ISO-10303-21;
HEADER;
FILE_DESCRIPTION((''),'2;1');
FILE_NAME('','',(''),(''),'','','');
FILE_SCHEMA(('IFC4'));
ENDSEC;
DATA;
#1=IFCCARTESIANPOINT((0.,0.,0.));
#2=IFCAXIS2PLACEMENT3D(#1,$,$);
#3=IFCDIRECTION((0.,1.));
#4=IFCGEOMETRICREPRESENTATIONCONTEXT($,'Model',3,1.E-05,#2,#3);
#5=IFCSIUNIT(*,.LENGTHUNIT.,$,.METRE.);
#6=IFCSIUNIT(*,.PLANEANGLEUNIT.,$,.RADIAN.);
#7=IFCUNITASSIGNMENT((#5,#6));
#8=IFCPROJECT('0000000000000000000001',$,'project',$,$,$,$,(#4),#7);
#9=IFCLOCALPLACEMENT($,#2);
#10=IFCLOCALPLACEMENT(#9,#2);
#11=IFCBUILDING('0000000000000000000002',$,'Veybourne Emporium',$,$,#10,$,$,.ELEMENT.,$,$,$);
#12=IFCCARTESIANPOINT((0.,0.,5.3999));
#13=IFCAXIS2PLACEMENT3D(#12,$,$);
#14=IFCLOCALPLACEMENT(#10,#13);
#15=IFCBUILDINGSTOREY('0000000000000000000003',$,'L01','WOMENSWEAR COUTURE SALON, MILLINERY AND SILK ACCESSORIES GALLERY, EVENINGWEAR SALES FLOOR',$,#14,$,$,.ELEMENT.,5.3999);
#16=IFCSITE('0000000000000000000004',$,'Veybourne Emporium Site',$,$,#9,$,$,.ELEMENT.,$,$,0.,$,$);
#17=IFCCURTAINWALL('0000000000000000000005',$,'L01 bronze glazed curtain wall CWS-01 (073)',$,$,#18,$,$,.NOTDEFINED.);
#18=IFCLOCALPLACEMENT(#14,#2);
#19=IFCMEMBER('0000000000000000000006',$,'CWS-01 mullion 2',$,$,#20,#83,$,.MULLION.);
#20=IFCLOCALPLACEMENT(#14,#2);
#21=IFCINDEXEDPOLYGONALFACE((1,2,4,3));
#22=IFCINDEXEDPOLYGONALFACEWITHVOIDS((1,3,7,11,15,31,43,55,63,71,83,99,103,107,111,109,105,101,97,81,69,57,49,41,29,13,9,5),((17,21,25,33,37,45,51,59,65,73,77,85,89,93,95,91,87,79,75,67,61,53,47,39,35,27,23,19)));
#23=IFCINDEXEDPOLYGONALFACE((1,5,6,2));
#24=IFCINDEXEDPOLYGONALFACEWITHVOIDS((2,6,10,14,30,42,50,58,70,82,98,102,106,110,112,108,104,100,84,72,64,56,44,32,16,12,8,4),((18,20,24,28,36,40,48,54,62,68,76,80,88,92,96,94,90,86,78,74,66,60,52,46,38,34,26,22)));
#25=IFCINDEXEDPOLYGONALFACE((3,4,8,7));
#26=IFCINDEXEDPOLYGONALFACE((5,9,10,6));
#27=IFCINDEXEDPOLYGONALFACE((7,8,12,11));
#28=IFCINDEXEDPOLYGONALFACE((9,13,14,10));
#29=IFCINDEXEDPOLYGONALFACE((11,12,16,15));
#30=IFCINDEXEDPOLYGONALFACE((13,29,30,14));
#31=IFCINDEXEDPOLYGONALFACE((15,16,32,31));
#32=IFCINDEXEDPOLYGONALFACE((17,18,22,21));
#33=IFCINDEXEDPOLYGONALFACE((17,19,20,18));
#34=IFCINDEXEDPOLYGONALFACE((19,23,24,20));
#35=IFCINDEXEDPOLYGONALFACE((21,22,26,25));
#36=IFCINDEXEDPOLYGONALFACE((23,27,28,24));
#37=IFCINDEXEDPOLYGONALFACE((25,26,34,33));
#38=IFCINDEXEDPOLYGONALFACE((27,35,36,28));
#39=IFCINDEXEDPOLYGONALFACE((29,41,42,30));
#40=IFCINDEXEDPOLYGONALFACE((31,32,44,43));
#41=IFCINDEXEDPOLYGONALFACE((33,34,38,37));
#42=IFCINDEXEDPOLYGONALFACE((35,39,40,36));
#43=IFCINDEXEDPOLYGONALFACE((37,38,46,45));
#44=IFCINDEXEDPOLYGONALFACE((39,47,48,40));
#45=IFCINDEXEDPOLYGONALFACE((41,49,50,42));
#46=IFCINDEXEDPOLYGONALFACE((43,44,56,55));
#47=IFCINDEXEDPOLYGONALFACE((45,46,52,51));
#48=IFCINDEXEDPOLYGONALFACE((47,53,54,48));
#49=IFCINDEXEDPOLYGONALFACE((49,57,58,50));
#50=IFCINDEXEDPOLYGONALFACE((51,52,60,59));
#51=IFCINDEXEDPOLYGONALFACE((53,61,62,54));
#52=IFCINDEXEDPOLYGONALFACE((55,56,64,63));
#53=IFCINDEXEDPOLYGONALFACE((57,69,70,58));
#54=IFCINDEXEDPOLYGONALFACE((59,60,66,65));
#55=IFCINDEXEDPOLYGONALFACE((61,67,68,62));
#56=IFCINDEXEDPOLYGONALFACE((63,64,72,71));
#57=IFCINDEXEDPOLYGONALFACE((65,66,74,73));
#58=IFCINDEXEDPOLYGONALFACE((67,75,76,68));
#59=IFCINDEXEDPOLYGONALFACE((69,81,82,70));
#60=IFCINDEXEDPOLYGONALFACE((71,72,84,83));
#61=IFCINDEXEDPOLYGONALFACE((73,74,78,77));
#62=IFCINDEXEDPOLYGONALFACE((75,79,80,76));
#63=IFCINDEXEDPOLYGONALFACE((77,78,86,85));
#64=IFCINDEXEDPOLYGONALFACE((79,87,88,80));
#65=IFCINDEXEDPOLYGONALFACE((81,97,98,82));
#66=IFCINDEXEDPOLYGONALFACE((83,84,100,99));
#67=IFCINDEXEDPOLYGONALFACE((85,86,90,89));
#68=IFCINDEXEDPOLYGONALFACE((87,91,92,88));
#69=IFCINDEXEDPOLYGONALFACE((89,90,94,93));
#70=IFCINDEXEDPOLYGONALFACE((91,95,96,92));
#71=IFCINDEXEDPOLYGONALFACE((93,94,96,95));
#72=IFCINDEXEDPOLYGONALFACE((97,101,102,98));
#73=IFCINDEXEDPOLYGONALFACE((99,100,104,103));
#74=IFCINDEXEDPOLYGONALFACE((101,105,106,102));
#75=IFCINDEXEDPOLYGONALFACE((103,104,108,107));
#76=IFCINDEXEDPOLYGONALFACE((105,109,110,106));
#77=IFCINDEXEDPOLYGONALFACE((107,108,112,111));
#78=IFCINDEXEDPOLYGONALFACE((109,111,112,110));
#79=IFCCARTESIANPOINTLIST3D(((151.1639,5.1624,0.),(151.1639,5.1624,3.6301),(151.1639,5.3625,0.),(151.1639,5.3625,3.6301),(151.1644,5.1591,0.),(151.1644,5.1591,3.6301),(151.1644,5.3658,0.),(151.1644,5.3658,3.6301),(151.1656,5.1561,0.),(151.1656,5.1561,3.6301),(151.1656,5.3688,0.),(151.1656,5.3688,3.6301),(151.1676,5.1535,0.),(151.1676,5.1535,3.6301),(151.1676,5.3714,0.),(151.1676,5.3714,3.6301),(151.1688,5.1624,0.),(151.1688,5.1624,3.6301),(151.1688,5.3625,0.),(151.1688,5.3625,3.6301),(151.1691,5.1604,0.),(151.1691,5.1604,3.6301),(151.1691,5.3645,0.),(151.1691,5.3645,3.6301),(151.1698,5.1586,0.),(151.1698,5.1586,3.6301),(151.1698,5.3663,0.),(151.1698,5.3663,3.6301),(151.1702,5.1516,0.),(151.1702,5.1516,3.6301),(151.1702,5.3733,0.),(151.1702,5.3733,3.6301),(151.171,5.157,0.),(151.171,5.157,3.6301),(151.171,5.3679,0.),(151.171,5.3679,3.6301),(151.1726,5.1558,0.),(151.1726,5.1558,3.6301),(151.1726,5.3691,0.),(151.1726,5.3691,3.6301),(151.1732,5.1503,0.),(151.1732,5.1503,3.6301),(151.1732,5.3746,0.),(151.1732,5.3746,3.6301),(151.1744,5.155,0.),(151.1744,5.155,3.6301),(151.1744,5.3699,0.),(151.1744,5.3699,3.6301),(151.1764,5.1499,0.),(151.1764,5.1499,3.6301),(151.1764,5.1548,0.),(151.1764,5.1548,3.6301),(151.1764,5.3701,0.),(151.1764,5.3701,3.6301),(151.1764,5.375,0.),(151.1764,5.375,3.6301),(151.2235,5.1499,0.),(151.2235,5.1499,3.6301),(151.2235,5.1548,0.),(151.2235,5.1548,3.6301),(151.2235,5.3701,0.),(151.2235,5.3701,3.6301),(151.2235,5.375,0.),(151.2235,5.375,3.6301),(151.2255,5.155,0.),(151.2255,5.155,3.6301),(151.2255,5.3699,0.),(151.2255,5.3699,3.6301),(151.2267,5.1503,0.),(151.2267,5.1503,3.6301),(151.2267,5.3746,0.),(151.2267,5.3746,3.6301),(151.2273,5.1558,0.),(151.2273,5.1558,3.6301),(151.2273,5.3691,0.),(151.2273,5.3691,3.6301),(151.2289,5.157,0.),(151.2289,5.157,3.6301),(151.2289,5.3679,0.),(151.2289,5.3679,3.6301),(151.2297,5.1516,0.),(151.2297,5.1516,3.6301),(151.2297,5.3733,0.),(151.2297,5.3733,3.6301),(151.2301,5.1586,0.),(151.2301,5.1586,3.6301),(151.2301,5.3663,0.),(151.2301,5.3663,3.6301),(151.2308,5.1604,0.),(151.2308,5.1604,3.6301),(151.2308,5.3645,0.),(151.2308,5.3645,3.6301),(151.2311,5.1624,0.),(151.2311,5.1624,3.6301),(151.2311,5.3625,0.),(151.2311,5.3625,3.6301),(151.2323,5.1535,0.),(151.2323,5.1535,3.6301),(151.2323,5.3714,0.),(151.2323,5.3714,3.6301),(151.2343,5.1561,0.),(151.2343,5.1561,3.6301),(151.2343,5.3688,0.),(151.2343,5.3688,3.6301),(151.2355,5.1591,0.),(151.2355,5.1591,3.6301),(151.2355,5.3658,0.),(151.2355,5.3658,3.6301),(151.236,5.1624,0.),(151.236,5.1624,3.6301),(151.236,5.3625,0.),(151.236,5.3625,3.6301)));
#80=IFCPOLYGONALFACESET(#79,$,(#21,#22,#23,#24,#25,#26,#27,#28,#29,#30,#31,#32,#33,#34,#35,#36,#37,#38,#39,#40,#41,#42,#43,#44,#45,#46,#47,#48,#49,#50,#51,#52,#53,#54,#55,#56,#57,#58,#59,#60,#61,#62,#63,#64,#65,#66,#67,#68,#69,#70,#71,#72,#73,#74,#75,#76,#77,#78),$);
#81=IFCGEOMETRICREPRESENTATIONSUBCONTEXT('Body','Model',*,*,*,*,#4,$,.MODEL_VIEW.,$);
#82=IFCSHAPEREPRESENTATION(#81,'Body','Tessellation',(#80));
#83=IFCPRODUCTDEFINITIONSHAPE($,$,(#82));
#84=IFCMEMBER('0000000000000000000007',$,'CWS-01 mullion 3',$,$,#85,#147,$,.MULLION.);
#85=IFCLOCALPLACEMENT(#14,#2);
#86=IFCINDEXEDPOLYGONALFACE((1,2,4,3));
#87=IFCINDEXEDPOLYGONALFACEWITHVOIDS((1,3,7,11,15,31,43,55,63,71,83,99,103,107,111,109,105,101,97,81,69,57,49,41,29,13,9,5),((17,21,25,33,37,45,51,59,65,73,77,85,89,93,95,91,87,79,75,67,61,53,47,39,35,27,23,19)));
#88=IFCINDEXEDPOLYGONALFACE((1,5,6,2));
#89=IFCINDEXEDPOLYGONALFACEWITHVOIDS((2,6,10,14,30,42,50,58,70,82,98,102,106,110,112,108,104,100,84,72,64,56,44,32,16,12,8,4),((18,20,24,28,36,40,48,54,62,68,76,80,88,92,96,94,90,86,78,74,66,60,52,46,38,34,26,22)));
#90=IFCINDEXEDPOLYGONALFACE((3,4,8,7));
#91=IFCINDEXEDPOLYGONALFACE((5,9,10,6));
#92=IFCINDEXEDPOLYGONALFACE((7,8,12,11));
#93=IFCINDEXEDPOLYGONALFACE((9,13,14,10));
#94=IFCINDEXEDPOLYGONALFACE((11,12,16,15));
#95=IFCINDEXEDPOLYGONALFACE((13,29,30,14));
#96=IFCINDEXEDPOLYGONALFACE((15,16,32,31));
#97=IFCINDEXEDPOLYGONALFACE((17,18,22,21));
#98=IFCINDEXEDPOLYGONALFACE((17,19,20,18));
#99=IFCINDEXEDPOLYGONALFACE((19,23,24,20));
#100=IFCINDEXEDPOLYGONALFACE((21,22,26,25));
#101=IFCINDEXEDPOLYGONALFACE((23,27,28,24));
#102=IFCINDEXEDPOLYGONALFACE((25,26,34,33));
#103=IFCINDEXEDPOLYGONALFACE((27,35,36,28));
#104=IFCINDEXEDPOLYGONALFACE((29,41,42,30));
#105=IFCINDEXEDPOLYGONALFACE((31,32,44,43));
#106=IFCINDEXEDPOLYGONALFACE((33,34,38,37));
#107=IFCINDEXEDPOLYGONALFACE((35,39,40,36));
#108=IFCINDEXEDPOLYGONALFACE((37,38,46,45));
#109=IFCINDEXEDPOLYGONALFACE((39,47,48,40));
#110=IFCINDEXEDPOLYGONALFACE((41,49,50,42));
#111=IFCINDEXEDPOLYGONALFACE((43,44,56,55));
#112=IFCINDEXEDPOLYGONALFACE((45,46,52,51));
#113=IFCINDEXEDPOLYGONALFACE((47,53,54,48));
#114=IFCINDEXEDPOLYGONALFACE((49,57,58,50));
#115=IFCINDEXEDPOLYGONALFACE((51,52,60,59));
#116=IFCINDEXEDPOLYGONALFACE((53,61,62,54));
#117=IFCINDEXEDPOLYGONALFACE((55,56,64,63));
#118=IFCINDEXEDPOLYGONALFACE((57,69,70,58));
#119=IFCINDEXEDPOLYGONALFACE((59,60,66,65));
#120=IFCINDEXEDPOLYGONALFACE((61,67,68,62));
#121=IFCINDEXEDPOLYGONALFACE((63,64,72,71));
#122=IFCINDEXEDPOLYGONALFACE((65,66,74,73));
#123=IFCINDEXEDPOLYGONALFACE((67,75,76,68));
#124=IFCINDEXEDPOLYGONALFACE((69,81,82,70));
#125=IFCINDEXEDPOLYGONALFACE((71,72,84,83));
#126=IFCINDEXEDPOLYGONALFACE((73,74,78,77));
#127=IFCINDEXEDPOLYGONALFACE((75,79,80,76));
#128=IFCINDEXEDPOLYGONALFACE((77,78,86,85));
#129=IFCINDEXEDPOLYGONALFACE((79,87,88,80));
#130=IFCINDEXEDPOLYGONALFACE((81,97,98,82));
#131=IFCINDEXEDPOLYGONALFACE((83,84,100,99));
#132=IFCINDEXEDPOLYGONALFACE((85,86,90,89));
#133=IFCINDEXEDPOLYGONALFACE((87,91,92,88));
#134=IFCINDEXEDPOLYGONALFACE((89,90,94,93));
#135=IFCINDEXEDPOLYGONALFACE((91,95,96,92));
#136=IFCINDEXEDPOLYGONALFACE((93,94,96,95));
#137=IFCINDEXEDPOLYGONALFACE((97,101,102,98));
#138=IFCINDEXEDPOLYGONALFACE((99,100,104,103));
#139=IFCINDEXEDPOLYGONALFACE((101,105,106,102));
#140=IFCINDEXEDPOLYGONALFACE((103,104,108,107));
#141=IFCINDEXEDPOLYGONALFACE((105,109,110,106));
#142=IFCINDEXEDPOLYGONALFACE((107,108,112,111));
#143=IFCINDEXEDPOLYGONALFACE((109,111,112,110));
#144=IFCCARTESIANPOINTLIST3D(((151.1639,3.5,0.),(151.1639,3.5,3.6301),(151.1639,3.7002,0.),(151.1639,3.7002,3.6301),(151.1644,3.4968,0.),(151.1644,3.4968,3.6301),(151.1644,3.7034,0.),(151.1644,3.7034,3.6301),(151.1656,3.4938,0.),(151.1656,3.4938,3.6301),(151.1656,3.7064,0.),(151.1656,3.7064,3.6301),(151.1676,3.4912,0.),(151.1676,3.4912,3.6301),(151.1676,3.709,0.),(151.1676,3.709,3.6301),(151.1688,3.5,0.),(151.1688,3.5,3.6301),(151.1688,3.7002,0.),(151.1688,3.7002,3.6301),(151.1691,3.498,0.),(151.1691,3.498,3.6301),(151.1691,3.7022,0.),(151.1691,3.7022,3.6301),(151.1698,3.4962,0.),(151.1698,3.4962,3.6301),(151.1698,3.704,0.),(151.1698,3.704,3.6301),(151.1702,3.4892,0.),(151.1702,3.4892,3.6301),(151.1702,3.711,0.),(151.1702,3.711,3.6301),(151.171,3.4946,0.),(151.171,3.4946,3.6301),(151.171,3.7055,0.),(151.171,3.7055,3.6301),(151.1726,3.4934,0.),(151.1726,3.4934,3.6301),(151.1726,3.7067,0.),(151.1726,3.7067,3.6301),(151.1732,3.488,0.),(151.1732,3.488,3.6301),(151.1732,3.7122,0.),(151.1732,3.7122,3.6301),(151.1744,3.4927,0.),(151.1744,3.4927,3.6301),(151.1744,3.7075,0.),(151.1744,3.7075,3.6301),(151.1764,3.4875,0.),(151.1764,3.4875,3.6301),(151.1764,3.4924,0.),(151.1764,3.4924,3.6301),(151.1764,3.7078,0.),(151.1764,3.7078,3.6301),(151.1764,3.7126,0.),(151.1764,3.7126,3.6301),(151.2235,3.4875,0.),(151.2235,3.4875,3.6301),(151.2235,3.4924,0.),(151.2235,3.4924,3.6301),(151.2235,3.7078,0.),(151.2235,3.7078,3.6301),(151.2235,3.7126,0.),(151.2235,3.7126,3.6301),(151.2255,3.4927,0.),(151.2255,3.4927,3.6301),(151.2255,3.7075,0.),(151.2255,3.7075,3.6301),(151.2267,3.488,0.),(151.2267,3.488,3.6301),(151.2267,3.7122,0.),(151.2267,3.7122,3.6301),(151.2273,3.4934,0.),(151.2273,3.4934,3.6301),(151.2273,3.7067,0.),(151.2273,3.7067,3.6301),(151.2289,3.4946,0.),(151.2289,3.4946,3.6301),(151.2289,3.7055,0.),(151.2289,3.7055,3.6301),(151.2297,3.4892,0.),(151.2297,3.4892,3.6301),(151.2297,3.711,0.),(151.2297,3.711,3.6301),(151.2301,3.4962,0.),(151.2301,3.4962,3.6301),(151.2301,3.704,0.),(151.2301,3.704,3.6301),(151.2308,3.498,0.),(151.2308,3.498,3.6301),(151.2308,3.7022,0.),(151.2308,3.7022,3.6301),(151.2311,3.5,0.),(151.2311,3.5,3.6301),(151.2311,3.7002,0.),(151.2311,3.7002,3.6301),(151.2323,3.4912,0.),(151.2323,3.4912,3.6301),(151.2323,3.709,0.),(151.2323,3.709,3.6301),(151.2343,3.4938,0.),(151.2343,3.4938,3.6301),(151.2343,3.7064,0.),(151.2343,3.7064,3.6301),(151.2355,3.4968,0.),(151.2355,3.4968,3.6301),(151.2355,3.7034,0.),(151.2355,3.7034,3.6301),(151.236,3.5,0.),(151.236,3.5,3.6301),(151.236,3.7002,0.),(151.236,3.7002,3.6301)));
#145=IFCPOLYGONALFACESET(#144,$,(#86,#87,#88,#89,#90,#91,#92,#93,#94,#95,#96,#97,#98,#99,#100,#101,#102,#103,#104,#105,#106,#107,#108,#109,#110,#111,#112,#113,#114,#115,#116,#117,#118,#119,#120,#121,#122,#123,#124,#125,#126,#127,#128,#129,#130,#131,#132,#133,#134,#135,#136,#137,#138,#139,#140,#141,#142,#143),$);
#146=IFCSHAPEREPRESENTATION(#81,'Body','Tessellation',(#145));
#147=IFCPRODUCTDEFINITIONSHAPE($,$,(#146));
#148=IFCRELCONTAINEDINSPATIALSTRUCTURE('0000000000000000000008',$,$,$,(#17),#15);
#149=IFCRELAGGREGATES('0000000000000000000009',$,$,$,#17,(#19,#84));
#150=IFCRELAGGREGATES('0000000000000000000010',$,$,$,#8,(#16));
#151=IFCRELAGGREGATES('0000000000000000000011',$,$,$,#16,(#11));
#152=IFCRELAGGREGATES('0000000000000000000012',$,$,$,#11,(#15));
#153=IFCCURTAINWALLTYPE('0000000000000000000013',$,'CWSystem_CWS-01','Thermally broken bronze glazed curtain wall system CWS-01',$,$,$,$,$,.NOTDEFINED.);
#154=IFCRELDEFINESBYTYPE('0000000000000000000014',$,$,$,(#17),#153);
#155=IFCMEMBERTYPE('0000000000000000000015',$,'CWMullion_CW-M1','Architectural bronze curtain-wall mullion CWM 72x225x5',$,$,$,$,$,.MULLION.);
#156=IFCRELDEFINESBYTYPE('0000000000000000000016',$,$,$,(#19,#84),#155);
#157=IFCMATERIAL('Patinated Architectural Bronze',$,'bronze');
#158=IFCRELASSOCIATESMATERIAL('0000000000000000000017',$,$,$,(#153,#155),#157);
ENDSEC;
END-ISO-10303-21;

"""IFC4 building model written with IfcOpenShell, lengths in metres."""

from ifc_helpers import new_model, si_unit, direction, frame, origin, origin_2d, place, context, subcontext, project, spatial, hollow_rectangle, extrude, material, material_profile, profile_set, type_object, element, aggregate, save


model = new_model("IFC4")

# Units and contexts
model_context = context("Model", 3, precision=1e-05, world=origin(), true_north=direction((0.0, 1.0)))
body_context = subcontext(model_context, "Body", "Model", "MODEL_VIEW")
ifc_project = project(units=[si_unit("LENGTHUNIT", "METRE"), si_unit("PLANEANGLEUNIT", "RADIAN")], contexts=[model_context])

# Site, building, storey
site_placement = place(None, origin())
site = spatial("IfcSite", under=ifc_project, at=site_placement, Name="Veybourne Emporium Site", CompositionType="ELEMENT", RefElevation=0.0)
building_placement = place(site_placement, origin())
building = spatial("IfcBuilding", under=site, at=building_placement, Name="Veybourne Emporium", CompositionType="ELEMENT")
storey_placement = place(building_placement, frame((0.0, 0.0, 5.3999)))
storey = spatial("IfcBuildingStorey", under=building, at=storey_placement, Name="L01", Description="WOMENSWEAR COUTURE SALON, MILLINERY AND SILK ACCESSORIES GALLERY, EVENINGWEAR SALES FLOOR", CompositionType="ELEMENT", Elevation=5.3999)

# Curtain wall, members
ifc_material_1 = material(Name="Patinated Architectural Bronze", Category="bronze")
curtain_wall_type = type_object("IfcCurtainWallType", Name="CWSystem_CWS-01", Description="Thermally broken bronze glazed curtain wall system CWS-01", PredefinedType="NOTDEFINED", material=ifc_material_1)
curtain_wall_placement = place(storey_placement, origin())
curtain_wall = element("IfcCurtainWall", 1, at=curtain_wall_placement, inside=storey, type_object=curtain_wall_type, Name="L01 bronze glazed curtain wall CWS-01 (073)", PredefinedType="NOTDEFINED")
ifc_material_profile_1 = material_profile(ifc_material_1, hollow_rectangle(XDim=0.072, YDim=0.2251, WallThickness=0.0049, InnerFilletRadius=0.0076, OuterFilletRadius=0.0125, at=origin_2d()), Name="CWM 72x225x5")
ifc_profile_set_1 = profile_set([ifc_material_profile_1], Name="Patinated Architectural Bronze")
member_type_1 = type_object("IfcMemberType", Name="CWMullion_CW-M1", Description="Architectural bronze curtain-wall mullion CWM 72x225x5", PredefinedType="MULLION", material=ifc_profile_set_1)
member_1_placement = place(storey_placement, frame((151.2, 5.2625, 0.0), z_axis=(0.0, 0.0, 1.0), x_axis=(1.0, 0.0, 0.0)))
member_1 = element("IfcMember", 2, at=member_1_placement, type_object=member_type_1, Name="CWS-01 mullion 2", PredefinedType="MULLION", context=body_context, shape_type="SweptSolid", body=[
    extrude(hollow_rectangle(XDim=0.072, YDim=0.2251, WallThickness=0.0049, InnerFilletRadius=0.0076, OuterFilletRadius=0.0125, at=origin_2d()), origin(), (0.0, 0.0, 1.0), 3.6301),
])
member_2_placement = place(storey_placement, frame((151.2, 3.6001, 0.0), z_axis=(0.0, 0.0, 1.0), x_axis=(1.0, 0.0, 0.0)))
member_2 = element("IfcMember", 3, at=member_2_placement, type_object=member_type_1, Name="CWS-01 mullion 3", PredefinedType="MULLION", context=body_context, shape_type="SweptSolid", body=[
    extrude(hollow_rectangle(XDim=0.072, YDim=0.2251, WallThickness=0.0049, InnerFilletRadius=0.0076, OuterFilletRadius=0.0125, at=origin_2d()), origin(), (0.0, 0.0, 1.0), 3.6301),
])
aggregate(curtain_wall, [member_1, member_2])

save(model, "model.ifc")
